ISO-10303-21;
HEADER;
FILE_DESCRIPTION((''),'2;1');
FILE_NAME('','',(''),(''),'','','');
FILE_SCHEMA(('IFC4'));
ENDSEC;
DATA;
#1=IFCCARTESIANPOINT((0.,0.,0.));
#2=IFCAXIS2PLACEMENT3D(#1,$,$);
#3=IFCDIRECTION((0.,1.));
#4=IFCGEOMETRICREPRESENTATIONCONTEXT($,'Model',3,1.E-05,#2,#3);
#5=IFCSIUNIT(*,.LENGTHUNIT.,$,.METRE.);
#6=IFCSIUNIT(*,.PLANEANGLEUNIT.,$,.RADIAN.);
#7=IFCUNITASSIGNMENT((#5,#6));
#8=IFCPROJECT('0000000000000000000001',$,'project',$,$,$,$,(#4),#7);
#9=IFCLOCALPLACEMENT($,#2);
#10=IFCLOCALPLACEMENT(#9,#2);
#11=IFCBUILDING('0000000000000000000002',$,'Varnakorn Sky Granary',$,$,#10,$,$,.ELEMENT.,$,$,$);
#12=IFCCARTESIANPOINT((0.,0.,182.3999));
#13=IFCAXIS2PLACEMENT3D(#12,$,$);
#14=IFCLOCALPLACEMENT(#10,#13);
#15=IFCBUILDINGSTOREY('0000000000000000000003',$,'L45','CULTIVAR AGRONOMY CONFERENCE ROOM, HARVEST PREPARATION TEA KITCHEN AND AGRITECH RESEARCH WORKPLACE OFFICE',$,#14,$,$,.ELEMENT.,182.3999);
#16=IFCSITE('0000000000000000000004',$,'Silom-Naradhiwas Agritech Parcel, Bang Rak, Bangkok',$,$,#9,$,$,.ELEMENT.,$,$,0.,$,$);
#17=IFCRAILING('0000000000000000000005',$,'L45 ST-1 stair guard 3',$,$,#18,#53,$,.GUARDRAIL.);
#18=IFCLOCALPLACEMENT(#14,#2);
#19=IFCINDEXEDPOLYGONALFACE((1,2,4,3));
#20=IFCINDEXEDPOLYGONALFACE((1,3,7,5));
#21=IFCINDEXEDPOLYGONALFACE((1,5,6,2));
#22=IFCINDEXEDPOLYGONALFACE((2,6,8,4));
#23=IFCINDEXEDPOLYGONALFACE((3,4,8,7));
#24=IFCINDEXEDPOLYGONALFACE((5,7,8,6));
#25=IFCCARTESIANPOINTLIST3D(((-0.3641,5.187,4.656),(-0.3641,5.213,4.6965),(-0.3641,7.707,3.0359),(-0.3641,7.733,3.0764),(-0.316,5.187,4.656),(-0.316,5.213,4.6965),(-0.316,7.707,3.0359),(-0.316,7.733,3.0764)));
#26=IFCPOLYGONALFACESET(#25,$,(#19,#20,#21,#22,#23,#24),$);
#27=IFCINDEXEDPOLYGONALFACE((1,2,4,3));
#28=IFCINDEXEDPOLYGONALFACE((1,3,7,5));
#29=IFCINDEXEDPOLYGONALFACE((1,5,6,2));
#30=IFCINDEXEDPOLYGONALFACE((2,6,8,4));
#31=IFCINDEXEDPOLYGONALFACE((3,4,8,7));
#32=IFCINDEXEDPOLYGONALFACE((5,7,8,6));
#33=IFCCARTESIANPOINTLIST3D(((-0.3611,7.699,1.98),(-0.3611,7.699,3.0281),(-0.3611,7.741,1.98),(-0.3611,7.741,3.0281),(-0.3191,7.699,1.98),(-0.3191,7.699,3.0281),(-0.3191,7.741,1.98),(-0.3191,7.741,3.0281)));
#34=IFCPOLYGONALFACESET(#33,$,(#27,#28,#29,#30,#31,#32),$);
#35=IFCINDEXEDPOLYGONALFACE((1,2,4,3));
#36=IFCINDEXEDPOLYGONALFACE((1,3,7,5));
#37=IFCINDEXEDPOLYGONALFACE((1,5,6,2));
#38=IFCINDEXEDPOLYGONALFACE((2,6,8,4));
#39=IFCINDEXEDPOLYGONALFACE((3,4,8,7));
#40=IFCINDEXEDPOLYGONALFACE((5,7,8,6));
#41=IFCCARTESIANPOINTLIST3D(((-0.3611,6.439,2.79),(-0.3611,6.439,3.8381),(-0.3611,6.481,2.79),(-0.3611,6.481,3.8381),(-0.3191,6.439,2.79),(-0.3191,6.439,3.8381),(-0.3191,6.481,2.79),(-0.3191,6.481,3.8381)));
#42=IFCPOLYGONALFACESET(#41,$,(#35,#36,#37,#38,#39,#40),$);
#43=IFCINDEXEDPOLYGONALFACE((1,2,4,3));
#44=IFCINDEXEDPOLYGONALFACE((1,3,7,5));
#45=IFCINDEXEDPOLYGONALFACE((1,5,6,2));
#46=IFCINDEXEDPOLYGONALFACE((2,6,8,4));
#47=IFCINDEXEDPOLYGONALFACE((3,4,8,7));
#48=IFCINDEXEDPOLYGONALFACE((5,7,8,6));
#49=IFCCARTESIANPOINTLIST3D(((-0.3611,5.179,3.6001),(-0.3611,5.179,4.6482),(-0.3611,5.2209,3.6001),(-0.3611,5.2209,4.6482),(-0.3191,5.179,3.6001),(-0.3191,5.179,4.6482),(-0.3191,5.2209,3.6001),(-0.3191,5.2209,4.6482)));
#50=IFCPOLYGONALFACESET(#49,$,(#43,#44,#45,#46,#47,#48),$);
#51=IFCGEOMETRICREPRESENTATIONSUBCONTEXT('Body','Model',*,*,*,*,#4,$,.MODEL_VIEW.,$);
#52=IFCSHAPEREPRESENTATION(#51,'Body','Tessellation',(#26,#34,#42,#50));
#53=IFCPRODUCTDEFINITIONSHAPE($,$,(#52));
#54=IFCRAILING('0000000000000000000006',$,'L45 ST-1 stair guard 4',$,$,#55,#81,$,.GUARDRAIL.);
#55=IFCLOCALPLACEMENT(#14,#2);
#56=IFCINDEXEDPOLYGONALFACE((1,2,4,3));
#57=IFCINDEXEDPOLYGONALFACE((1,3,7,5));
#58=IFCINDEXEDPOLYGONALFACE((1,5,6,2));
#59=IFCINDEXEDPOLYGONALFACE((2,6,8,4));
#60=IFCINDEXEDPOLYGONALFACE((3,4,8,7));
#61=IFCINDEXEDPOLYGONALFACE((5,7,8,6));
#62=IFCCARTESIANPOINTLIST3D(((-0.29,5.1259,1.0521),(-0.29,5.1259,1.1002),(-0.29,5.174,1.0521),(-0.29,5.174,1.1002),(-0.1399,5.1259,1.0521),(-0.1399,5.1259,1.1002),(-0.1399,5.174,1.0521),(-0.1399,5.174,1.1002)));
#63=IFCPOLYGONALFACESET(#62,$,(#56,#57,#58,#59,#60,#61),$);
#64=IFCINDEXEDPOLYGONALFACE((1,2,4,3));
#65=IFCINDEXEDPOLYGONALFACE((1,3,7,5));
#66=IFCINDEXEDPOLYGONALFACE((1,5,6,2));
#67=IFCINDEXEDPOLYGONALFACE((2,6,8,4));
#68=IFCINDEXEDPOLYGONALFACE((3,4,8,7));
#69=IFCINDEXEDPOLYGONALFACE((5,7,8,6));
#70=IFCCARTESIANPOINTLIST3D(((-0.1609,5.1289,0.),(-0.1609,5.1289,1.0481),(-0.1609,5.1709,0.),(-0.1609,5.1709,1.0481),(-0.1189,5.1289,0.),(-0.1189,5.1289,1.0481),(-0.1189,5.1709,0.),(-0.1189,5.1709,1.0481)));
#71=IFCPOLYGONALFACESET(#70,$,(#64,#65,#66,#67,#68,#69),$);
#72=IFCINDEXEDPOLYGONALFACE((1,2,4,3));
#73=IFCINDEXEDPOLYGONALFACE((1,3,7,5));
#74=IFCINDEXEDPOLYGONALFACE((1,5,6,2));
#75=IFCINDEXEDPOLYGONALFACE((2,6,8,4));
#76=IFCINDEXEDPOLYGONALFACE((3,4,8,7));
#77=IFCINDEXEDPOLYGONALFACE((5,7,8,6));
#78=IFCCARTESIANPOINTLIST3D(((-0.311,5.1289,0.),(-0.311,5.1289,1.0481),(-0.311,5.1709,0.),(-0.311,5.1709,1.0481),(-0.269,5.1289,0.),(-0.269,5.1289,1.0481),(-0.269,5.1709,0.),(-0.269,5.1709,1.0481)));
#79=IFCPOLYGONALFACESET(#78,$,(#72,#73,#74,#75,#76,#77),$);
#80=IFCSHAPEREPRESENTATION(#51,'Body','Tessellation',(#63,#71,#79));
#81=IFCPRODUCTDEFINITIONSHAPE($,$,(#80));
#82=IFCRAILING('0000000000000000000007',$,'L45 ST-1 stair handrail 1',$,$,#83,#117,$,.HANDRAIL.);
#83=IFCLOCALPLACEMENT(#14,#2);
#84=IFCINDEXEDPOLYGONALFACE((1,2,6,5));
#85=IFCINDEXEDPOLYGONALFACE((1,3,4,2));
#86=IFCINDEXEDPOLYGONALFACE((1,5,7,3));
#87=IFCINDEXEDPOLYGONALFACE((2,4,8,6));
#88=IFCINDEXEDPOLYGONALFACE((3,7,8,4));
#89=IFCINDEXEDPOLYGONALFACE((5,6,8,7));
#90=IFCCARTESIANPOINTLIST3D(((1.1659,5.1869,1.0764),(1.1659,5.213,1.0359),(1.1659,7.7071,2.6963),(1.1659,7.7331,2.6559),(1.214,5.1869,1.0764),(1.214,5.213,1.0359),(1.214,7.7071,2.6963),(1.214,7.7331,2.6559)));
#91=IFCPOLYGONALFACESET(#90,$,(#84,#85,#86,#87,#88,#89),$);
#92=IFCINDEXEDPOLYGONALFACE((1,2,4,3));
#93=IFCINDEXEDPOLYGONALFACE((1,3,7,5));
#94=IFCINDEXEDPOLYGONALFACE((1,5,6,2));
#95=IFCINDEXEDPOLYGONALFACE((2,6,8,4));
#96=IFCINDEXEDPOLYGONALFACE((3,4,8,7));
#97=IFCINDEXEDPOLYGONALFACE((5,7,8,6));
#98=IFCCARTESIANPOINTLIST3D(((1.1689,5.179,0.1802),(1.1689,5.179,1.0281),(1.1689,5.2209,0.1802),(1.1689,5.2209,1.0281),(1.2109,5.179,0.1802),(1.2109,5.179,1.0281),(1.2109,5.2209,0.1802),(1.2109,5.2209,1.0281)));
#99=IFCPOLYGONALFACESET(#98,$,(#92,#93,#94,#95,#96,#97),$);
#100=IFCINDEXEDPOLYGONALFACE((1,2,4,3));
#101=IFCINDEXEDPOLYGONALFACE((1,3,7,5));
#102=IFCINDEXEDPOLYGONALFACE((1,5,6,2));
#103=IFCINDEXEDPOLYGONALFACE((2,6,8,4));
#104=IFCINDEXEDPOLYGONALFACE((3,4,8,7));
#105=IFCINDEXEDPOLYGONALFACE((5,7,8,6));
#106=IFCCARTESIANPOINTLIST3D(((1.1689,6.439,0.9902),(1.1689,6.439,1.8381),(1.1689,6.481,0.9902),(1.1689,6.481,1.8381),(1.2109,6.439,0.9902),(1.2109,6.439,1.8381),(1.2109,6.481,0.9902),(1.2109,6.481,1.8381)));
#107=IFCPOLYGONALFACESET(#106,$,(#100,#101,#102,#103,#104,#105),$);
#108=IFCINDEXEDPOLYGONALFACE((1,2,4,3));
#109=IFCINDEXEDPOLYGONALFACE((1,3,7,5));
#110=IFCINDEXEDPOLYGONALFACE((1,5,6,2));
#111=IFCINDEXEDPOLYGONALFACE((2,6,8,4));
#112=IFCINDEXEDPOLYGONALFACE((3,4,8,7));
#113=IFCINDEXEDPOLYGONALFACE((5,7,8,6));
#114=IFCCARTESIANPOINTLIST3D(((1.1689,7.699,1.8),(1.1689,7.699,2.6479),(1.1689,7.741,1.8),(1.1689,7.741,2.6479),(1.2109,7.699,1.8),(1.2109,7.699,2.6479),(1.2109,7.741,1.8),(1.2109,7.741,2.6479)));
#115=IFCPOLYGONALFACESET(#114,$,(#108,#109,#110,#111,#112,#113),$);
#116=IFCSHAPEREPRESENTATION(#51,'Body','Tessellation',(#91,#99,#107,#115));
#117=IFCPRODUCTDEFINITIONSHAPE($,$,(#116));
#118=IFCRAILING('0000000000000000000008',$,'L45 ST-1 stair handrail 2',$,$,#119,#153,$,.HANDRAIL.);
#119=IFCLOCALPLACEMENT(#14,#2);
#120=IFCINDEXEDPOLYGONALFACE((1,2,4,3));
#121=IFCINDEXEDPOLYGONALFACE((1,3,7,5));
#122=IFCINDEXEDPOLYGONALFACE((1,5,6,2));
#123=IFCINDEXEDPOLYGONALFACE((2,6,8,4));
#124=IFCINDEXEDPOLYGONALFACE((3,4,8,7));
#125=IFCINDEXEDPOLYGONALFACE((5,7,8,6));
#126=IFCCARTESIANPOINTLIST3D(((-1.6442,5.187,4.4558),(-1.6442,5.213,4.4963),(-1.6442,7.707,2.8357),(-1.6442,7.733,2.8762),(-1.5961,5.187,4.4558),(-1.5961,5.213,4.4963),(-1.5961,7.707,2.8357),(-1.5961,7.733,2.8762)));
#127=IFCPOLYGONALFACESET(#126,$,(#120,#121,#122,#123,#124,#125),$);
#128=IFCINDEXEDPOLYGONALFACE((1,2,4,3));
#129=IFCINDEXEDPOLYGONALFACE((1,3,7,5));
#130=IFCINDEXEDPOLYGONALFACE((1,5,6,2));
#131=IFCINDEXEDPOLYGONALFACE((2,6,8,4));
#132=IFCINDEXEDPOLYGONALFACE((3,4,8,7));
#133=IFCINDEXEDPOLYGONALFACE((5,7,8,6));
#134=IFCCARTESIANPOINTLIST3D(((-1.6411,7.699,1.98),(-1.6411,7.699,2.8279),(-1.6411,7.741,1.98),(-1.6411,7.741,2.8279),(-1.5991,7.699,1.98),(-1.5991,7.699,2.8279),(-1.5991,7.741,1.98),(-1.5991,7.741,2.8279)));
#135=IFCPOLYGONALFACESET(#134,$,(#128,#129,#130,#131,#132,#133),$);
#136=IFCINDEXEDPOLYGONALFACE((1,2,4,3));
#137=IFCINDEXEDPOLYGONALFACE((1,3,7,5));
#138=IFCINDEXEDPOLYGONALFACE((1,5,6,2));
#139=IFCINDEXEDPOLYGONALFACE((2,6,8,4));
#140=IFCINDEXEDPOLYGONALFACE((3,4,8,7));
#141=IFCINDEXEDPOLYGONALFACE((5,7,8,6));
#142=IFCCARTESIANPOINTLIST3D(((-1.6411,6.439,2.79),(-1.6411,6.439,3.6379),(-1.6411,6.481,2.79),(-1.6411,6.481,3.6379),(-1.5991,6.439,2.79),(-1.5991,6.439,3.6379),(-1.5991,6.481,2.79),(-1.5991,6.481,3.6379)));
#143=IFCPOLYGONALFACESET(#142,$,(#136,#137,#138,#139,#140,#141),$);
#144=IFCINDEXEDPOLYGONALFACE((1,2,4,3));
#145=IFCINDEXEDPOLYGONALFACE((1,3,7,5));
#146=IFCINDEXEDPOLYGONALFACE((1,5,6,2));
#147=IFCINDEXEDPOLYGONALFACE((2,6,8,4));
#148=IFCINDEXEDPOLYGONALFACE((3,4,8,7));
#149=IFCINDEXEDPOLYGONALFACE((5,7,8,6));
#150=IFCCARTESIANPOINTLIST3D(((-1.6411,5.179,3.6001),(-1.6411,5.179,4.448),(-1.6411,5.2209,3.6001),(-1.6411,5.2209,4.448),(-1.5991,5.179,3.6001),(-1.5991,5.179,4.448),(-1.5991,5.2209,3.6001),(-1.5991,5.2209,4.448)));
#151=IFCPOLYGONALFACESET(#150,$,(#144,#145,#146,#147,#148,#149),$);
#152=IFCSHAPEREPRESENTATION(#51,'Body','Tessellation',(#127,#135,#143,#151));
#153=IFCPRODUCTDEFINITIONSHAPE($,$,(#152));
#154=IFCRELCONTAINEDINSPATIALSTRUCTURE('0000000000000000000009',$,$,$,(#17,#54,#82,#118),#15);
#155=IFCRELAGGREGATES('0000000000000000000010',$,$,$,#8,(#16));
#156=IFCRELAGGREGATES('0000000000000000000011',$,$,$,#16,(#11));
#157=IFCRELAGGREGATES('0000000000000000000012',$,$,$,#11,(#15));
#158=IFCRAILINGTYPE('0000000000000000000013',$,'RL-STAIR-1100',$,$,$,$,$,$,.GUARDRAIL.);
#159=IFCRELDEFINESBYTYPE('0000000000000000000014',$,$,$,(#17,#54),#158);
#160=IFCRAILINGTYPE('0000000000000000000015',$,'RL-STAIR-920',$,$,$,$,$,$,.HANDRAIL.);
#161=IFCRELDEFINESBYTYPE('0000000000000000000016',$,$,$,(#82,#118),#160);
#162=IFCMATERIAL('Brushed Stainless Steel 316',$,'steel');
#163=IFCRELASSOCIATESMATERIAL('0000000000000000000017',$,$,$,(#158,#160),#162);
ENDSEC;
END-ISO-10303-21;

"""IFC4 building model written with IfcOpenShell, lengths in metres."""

from ifc_helpers import new_model, si_unit, direction, frame, origin, origin_2d, place, context, subcontext, project, spatial, rectangle, extrude, material, type_object, element, save


model = new_model("IFC4")

# Units and contexts
model_context = context("Model", 3, precision=1e-05, world=origin(), true_north=direction((0.0, 1.0)))
body_context = subcontext(model_context, "Body", "Model", "MODEL_VIEW")
ifc_project = project(units=[si_unit("LENGTHUNIT", "METRE"), si_unit("PLANEANGLEUNIT", "RADIAN")], contexts=[model_context])

# Site, building, storey
site_placement = place(None, origin())
site = spatial("IfcSite", under=ifc_project, at=site_placement, Name="Silom-Naradhiwas Agritech Parcel, Bang Rak, Bangkok", CompositionType="ELEMENT", RefElevation=0.0)
building_placement = place(site_placement, origin())
building = spatial("IfcBuilding", under=site, at=building_placement, Name="Varnakorn Sky Granary", CompositionType="ELEMENT")
storey_placement = place(building_placement, frame((0.0, 0.0, 182.3999)))
storey = spatial("IfcBuildingStorey", under=building, at=storey_placement, Name="L45", Description="CULTIVAR AGRONOMY CONFERENCE ROOM, HARVEST PREPARATION TEA KITCHEN AND AGRITECH RESEARCH WORKPLACE OFFICE", CompositionType="ELEMENT", Elevation=182.3999)

# Railings
ifc_material_1 = material(Name="Brushed Stainless Steel 316", Category="steel")
railing_type_1 = type_object("IfcRailingType", Name="RL-STAIR-1100", PredefinedType="GUARDRAIL", material=ifc_material_1)
railing_1_placement = place(storey_placement, frame((-0.3401, 7.72, 1.98)))
element("IfcRailing", 1, at=railing_1_placement, inside=storey, type_object=railing_type_1, Name="L45 ST-1 stair guard 3", PredefinedType="GUARDRAIL", context=body_context, shape_type="SweptSolid", body=[
    extrude(rectangle(XDim=0.0481, YDim=0.0481, at=origin_2d()), frame((0.0, 0.0, 1.0762), z_axis=(0.0, -0.841163, 0.540782), x_axis=(1.0, 0.0, 0.0)), (0.0, 0.0, 1.0), 2.9958),
    extrude(rectangle(XDim=0.042, YDim=0.042, at=origin_2d()), origin(), (0.0, 0.0, 1.0), 1.0481),
    extrude(rectangle(XDim=0.042, YDim=0.042, at=origin_2d()), frame((0.0, -1.26, 0.8101)), (0.0, 0.0, 1.0), 1.0481),
    extrude(rectangle(XDim=0.042, YDim=0.042, at=origin_2d()), frame((0.0, -2.52, 1.6201)), (0.0, 0.0, 1.0), 1.0481),
])
railing_2_placement = place(storey_placement, frame((-0.1399, 5.1499, 0.0)))
element("IfcRailing", 2, at=railing_2_placement, inside=storey, type_object=railing_type_1, Name="L45 ST-1 stair guard 4", PredefinedType="GUARDRAIL", context=body_context, shape_type="SweptSolid", body=[
    extrude(rectangle(XDim=0.0481, YDim=0.0481, at=origin_2d()), frame((0.0, 0.0, 1.0762), z_axis=(-1.0, 0.0, 0.0), x_axis=(0.0, -1.0, 0.0)), (0.0, 0.0, 1.0), 0.1501),
    extrude(rectangle(XDim=0.042, YDim=0.042, at=origin_2d()), origin(), (0.0, 0.0, 1.0), 1.0481),
    extrude(rectangle(XDim=0.042, YDim=0.042, at=origin_2d()), frame((-0.1501, 0.0, 0.0)), (0.0, 0.0, 1.0), 1.0481),
])
railing_type_2 = type_object("IfcRailingType", Name="RL-STAIR-920", PredefinedType="HANDRAIL", material=ifc_material_1)
railing_3_placement = place(storey_placement, frame((1.1899, 5.2, 0.1802)))
element("IfcRailing", 3, at=railing_3_placement, inside=storey, type_object=railing_type_2, Name="L45 ST-1 stair handrail 1", PredefinedType="HANDRAIL", context=body_context, shape_type="SweptSolid", body=[
    extrude(rectangle(XDim=0.0481, YDim=0.0481, at=origin_2d()), frame((0.0, 0.0, 0.876), z_axis=(0.0, 0.8412, 0.540725), x_axis=(-1.0, 0.0, 0.0)), (0.0, 0.0, 1.0), 2.9958),
    extrude(rectangle(XDim=0.042, YDim=0.042, at=origin_2d()), origin(), (0.0, 0.0, 1.0), 0.8479),
    extrude(rectangle(XDim=0.042, YDim=0.042, at=origin_2d()), frame((0.0, 1.26, 0.8101)), (0.0, 0.0, 1.0), 0.8479),
    extrude(rectangle(XDim=0.042, YDim=0.042, at=origin_2d()), frame((0.0, 2.52, 1.6199)), (0.0, 0.0, 1.0), 0.8479),
])
railing_4_placement = place(storey_placement, frame((-1.6201, 7.72, 1.98)))
element("IfcRailing", 4, at=railing_4_placement, inside=storey, type_object=railing_type_2, Name="L45 ST-1 stair handrail 2", PredefinedType="HANDRAIL", context=body_context, shape_type="SweptSolid", body=[
    extrude(rectangle(XDim=0.0481, YDim=0.0481, at=origin_2d()), frame((0.0, 0.0, 0.876), z_axis=(0.0, -0.841163, 0.540782), x_axis=(1.0, 0.0, 0.0)), (0.0, 0.0, 1.0), 2.9958),
    extrude(rectangle(XDim=0.042, YDim=0.042, at=origin_2d()), origin(), (0.0, 0.0, 1.0), 0.8479),
    extrude(rectangle(XDim=0.042, YDim=0.042, at=origin_2d()), frame((0.0, -1.26, 0.8101)), (0.0, 0.0, 1.0), 0.8479),
    extrude(rectangle(XDim=0.042, YDim=0.042, at=origin_2d()), frame((0.0, -2.52, 1.6201)), (0.0, 0.0, 1.0), 0.8479),
])

save(model, "model.ifc")
